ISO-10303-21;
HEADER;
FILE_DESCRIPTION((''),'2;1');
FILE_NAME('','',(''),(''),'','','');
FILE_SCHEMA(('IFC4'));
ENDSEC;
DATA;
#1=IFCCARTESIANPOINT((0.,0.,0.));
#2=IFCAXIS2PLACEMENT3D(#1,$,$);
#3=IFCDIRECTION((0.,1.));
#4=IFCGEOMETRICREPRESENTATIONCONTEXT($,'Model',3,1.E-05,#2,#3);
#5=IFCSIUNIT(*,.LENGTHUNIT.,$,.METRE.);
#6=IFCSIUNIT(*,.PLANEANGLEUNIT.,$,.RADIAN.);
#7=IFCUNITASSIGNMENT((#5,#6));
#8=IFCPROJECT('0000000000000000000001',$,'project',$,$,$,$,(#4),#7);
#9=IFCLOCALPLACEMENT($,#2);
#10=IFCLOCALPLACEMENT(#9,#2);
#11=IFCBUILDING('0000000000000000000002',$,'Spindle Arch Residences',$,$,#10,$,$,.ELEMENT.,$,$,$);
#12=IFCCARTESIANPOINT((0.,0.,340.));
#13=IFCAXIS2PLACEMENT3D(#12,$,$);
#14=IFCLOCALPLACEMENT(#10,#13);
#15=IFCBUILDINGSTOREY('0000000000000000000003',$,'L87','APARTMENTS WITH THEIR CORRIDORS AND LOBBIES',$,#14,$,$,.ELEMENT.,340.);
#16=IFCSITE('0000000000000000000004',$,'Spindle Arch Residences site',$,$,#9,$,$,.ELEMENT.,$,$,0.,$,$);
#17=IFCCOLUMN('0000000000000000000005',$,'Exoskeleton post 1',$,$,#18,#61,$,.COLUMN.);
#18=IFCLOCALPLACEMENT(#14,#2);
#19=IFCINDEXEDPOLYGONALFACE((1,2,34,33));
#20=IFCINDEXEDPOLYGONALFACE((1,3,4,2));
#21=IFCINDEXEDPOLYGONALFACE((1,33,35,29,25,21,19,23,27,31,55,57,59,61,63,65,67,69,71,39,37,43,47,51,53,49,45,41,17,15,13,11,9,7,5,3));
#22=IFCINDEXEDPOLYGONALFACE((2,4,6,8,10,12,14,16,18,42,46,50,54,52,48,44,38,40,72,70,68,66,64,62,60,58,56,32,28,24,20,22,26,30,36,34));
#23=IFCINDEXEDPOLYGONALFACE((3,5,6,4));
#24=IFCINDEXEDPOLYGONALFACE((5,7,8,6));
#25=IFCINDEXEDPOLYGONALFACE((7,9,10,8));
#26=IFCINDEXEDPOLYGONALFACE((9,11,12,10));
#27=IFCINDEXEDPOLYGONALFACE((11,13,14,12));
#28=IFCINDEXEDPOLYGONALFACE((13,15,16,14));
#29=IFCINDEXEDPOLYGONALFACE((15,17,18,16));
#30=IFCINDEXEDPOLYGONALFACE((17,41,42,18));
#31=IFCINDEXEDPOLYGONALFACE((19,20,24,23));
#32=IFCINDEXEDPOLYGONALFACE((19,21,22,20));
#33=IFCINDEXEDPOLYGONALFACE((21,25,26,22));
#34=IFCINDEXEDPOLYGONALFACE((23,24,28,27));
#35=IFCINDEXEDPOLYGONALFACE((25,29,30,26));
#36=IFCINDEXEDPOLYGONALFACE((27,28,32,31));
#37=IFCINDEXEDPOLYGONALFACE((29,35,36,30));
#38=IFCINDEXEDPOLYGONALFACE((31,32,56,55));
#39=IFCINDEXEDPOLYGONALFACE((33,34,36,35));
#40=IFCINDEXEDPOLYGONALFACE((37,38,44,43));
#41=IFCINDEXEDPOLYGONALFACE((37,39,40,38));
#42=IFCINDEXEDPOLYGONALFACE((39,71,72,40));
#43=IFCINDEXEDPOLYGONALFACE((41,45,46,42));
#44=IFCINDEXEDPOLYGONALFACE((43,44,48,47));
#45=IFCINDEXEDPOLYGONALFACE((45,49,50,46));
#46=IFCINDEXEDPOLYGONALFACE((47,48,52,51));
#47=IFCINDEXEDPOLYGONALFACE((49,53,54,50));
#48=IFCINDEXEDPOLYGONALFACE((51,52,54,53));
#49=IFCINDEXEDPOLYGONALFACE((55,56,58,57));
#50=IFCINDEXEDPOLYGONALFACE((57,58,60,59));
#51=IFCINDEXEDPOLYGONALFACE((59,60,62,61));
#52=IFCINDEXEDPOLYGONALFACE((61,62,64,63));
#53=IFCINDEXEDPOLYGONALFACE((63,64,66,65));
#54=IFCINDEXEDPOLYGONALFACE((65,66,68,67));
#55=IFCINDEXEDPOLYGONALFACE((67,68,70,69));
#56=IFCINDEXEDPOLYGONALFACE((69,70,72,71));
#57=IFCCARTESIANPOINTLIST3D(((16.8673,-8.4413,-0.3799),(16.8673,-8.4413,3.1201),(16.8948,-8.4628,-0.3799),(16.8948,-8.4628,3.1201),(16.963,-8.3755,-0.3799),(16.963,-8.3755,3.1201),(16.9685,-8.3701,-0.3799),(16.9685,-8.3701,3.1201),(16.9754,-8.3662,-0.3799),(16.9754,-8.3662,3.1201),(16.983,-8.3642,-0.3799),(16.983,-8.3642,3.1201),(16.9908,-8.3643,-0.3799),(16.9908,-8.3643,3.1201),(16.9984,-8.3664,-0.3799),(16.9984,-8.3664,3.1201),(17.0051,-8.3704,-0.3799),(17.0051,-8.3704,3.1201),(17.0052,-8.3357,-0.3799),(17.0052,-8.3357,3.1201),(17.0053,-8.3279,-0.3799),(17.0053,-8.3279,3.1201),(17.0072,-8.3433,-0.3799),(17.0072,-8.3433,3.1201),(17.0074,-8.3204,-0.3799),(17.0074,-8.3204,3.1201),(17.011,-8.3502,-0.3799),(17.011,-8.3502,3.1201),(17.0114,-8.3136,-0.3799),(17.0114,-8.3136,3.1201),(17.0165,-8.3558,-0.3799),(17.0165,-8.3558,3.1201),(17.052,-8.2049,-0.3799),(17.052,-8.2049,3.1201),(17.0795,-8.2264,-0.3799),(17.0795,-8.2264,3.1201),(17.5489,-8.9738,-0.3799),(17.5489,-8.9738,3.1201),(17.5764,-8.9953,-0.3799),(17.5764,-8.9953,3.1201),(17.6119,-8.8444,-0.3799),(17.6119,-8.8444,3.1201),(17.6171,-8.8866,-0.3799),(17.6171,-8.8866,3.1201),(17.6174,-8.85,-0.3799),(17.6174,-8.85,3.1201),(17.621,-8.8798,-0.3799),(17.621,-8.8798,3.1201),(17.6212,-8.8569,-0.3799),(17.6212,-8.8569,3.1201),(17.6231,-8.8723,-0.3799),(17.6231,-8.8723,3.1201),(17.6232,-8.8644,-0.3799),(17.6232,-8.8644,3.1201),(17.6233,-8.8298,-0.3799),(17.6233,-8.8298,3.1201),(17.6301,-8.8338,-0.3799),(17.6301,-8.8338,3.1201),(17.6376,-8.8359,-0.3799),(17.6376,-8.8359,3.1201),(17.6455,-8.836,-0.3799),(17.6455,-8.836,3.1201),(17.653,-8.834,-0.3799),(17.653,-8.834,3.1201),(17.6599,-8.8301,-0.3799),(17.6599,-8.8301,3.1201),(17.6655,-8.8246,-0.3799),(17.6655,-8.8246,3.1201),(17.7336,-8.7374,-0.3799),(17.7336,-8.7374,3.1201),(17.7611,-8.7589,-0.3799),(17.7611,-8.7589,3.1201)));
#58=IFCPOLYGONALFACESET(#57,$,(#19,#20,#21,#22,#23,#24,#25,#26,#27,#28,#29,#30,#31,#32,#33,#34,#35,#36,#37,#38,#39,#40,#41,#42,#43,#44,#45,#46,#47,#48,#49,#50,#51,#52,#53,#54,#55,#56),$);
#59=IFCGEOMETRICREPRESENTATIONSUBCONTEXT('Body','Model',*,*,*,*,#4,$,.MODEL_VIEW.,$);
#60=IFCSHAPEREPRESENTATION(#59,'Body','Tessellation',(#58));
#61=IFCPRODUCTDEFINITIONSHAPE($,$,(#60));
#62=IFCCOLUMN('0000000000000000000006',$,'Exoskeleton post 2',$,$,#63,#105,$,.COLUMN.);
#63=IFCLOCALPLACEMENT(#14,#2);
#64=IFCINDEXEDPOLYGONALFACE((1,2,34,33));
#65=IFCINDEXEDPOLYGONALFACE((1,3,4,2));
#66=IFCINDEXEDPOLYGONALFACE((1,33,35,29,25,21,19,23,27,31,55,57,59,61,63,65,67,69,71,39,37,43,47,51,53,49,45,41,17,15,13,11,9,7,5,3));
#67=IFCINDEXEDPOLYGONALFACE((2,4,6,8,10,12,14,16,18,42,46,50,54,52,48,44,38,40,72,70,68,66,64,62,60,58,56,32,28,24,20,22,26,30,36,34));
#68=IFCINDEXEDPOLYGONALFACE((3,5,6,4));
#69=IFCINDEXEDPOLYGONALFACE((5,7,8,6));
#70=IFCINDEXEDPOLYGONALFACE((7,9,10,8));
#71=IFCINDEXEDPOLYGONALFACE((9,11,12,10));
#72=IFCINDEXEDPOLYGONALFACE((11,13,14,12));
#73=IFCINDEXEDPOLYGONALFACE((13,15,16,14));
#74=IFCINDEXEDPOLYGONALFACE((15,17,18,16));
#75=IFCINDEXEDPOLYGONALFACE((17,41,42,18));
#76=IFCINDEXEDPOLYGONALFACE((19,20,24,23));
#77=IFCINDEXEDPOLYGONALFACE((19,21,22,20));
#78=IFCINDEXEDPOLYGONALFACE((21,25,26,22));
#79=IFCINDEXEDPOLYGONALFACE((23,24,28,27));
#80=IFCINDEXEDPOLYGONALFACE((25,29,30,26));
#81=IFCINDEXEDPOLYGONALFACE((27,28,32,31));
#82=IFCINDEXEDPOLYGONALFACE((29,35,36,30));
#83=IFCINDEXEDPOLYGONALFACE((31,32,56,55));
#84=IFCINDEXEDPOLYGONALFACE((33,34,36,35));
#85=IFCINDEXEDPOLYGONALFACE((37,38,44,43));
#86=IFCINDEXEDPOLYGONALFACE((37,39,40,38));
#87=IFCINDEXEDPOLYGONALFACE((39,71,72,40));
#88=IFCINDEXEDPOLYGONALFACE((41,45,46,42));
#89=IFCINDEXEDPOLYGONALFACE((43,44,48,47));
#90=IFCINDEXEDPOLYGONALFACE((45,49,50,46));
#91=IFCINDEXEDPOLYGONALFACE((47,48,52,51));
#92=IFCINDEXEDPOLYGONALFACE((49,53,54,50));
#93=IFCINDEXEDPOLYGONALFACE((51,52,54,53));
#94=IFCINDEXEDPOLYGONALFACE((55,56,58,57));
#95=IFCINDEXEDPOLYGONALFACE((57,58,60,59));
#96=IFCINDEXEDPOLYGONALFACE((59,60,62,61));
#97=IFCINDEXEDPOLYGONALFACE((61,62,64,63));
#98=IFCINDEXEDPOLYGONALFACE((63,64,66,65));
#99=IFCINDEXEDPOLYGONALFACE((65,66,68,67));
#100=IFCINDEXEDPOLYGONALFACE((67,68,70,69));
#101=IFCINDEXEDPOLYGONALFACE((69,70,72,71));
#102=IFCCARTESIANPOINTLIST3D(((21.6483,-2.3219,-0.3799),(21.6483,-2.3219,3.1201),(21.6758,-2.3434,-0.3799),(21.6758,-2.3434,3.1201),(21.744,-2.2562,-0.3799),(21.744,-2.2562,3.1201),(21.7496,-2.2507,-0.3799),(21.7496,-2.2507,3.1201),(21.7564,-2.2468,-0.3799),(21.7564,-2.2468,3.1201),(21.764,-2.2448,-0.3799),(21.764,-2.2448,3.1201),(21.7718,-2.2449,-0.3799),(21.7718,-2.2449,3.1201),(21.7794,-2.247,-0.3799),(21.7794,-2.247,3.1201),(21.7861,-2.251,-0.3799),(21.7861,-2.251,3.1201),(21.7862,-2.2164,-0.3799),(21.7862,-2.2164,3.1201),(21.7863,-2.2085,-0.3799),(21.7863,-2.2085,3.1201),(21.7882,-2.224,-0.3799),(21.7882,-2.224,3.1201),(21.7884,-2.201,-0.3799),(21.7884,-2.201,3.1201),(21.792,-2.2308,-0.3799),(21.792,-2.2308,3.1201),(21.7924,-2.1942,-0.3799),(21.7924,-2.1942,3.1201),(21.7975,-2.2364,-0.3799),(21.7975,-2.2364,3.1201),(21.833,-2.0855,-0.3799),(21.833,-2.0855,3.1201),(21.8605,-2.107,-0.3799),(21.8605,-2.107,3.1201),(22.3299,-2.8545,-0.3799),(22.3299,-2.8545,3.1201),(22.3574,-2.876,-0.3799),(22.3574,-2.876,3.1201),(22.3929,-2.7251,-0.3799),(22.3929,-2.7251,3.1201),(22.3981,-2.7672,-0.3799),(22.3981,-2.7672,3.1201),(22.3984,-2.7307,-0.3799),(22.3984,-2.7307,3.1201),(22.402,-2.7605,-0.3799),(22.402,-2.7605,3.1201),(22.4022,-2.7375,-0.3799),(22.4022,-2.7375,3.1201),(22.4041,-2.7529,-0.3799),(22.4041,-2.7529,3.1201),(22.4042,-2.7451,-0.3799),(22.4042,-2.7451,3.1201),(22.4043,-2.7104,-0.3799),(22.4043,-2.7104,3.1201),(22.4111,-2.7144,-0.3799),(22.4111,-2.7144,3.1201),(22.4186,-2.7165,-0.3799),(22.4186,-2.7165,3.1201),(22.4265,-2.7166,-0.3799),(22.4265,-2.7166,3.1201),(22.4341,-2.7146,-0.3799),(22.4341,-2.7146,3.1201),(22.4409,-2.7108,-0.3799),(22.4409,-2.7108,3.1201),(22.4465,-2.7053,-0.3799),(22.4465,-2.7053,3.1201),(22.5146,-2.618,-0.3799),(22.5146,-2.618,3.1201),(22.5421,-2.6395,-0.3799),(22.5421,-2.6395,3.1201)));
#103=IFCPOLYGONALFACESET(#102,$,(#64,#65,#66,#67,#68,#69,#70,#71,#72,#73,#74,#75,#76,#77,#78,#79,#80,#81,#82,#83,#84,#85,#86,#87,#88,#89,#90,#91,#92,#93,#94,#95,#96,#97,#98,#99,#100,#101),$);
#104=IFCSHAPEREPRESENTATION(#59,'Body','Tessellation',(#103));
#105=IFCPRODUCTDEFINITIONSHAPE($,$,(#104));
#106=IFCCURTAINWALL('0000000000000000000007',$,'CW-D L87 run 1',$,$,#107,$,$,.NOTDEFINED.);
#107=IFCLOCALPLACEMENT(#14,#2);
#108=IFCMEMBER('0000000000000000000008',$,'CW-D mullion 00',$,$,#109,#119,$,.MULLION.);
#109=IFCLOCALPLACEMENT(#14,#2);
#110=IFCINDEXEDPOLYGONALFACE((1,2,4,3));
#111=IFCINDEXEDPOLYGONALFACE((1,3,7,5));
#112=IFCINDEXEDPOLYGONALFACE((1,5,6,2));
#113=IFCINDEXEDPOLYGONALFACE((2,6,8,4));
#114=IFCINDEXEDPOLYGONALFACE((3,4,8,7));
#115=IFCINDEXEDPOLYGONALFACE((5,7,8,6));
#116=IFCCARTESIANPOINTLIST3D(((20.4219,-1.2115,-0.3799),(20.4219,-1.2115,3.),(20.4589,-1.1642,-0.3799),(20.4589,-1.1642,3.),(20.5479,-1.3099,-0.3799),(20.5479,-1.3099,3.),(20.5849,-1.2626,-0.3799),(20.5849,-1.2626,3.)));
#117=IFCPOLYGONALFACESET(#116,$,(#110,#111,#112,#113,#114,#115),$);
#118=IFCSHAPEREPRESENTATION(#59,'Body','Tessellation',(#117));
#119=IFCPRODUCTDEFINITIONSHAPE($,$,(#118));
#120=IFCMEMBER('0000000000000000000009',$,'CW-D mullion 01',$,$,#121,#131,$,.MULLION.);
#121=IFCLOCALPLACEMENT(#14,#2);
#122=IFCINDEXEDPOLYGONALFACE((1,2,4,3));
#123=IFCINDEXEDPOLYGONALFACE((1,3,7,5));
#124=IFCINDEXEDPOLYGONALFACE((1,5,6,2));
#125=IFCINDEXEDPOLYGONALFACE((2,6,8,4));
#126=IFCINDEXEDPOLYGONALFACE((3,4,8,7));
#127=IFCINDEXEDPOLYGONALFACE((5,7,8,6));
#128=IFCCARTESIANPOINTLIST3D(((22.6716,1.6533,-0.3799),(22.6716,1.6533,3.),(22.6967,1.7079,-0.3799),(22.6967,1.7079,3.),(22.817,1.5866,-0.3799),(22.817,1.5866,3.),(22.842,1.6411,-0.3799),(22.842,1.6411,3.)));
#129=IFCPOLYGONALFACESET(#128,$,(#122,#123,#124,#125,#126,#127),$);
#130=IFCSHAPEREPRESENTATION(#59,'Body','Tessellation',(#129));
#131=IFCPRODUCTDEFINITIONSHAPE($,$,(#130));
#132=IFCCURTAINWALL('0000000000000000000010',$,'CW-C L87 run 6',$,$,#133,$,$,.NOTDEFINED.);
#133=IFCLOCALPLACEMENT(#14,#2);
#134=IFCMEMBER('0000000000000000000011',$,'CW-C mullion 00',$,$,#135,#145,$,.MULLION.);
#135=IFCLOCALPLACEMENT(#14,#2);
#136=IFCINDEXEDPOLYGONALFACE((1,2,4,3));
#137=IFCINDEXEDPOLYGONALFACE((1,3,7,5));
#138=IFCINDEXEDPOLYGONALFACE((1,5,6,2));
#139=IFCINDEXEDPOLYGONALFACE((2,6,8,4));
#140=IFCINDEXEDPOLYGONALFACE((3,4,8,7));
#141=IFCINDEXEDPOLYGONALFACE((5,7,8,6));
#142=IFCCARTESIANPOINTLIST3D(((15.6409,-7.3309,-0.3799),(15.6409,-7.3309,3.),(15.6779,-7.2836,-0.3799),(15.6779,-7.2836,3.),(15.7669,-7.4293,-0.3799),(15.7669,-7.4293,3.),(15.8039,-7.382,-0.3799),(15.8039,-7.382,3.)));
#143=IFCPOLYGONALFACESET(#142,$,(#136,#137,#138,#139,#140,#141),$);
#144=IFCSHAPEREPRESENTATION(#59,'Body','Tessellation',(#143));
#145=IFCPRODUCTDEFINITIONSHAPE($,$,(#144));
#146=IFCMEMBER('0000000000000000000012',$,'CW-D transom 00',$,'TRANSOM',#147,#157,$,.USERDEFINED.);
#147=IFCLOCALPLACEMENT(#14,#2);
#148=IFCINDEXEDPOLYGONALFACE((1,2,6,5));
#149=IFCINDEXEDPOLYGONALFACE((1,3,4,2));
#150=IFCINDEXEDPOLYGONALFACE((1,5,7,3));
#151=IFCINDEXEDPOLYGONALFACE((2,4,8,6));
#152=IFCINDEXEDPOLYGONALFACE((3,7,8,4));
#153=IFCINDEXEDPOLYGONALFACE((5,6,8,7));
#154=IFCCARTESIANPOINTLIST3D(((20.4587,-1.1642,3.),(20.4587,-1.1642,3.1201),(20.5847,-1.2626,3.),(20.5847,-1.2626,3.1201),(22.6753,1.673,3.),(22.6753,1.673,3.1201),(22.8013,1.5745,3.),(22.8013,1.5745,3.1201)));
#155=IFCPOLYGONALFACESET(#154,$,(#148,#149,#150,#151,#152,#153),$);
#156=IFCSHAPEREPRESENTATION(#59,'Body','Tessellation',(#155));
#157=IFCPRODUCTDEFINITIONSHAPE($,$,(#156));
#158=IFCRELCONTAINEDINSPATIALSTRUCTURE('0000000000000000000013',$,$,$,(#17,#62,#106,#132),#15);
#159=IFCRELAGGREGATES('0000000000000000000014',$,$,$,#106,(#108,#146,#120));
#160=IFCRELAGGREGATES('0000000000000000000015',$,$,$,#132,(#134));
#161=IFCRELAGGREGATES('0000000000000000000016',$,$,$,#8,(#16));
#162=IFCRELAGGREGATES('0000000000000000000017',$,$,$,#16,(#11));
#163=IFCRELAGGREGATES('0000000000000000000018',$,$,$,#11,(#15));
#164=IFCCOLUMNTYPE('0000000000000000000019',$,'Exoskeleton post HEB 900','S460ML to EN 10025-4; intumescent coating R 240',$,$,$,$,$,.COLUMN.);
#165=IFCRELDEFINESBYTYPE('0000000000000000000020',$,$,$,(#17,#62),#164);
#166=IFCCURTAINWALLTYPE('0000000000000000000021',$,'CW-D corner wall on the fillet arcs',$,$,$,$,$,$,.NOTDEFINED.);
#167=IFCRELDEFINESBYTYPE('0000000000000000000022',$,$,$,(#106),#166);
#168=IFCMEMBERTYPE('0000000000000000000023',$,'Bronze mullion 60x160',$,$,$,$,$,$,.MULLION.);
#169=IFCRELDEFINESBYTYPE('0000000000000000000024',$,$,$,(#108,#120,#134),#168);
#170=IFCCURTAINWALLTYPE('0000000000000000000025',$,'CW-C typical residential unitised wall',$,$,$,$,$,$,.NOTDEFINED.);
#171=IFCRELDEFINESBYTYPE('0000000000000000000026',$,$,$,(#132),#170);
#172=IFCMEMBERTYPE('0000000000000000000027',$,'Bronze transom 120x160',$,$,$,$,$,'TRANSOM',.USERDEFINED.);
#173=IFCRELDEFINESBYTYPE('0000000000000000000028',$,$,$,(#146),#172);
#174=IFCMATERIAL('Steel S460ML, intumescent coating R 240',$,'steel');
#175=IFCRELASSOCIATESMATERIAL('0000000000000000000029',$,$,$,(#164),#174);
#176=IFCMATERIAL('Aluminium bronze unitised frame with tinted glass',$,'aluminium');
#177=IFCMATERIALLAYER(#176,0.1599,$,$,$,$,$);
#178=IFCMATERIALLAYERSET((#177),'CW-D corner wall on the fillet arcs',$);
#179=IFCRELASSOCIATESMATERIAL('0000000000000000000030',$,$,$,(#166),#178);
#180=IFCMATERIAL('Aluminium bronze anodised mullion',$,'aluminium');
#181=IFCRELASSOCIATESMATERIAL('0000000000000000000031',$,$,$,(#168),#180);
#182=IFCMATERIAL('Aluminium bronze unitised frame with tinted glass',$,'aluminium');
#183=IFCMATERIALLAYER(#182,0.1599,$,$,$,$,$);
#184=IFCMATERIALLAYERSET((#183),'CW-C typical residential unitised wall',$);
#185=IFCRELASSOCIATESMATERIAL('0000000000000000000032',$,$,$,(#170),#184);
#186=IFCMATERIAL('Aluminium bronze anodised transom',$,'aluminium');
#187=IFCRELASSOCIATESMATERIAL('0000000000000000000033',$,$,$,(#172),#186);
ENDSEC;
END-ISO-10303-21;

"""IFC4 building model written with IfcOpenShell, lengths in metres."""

from ifc_helpers import new_model, si_unit, direction, frame, origin, origin_2d, place, context, subcontext, project, spatial, rectangle, i_section, extrude, material, layer, layer_set, material_profile, profile_set, type_object, element, aggregate, save


model = new_model("IFC4")

# Units and contexts
model_context = context("Model", 3, precision=1e-05, world=origin(), true_north=direction((0.0, 1.0)))
body_context = subcontext(model_context, "Body", "Model", "MODEL_VIEW")
ifc_project = project(units=[si_unit("LENGTHUNIT", "METRE"), si_unit("PLANEANGLEUNIT", "RADIAN")], contexts=[model_context])

# Site, building, storey
site_placement = place(None, origin())
site = spatial("IfcSite", under=ifc_project, at=site_placement, Name="Spindle Arch Residences site", CompositionType="ELEMENT", RefElevation=0.0)
building_placement = place(site_placement, origin())
building = spatial("IfcBuilding", under=site, at=building_placement, Name="Spindle Arch Residences", CompositionType="ELEMENT")
storey_placement = place(building_placement, frame((0.0, 0.0, 340.0)))
storey = spatial("IfcBuildingStorey", under=building, at=storey_placement, Name="L87", Description="APARTMENTS WITH THEIR CORRIDORS AND LOBBIES", CompositionType="ELEMENT", Elevation=340.0)

# Columns
ifc_material_1 = material(Name="Steel S460ML, intumescent coating R 240", Category="steel")
ifc_material_profile_1 = material_profile(ifc_material_1, i_section(OverallWidth=0.3, OverallDepth=0.8999, WebThickness=0.0186, FlangeThickness=0.0349, FilletRadius=0.03, at=origin_2d()), Name="HEB 900")
ifc_profile_set_1 = profile_set([ifc_material_profile_1], Name="Steel S460ML, intumescent coating R 240")
column_type = type_object("IfcColumnType", Name="Exoskeleton post HEB 900", Description="S460ML to EN 10025-4; intumescent coating R 240", PredefinedType="COLUMN", material=ifc_profile_set_1)
for number, where, z_axis, x_axis, name in (
    (1, (17.3142, -8.6001, -0.3799), (0.0, 0.0, 1.0), (-0.615661, -0.788011, 0.0), "Exoskeleton post 1"),
    (2, (22.0952, -2.4807, -0.3799), (0.0, 0.0, 1.0), (-0.615661, -0.788011, 0.0), "Exoskeleton post 2"),
):
    element("IfcColumn", number, at=place(storey_placement, frame(where, z_axis=z_axis, x_axis=x_axis)), inside=storey, type_object=column_type, Name=name, PredefinedType="COLUMN", context=body_context, shape_type="SweptSolid", body=[
        extrude(i_section(OverallWidth=0.3, OverallDepth=0.8999, WebThickness=0.0186, FlangeThickness=0.0349, FilletRadius=0.03, at=origin_2d()), origin(), (0.0, 0.0, 1.0), 3.5),
    ])

# Curtain wall, members
ifc_material_2 = material(Name="Aluminium bronze unitised frame with tinted glass", Category="aluminium")
ifc_layer_1 = layer(ifc_material_2, 0.1599)
ifc_layer_set_1 = layer_set([ifc_layer_1], Name="CW-D corner wall on the fillet arcs")
curtain_wall_type_1 = type_object("IfcCurtainWallType", Name="CW-D corner wall on the fillet arcs", PredefinedType="NOTDEFINED", material=ifc_layer_set_1)
curtain_wall_1_placement = place(storey_placement, origin())
curtain_wall_1 = element("IfcCurtainWall", 3, at=curtain_wall_1_placement, inside=storey, type_object=curtain_wall_type_1, Name="CW-D L87 run 1", PredefinedType="NOTDEFINED")
ifc_material_3 = material(Name="Aluminium bronze anodised mullion", Category="aluminium")
ifc_material_profile_2 = material_profile(ifc_material_3, rectangle(XDim=0.1599, YDim=0.0601, at=origin_2d()), Name="MU 60x160")
ifc_profile_set_2 = profile_set([ifc_material_profile_2], Name="Aluminium bronze anodised mullion")
member_type_1 = type_object("IfcMemberType", Name="Bronze mullion 60x160", PredefinedType="MULLION", material=ifc_profile_set_2)
member_1_placement = place(storey_placement, frame((20.5034, -1.2371, -0.3799), z_axis=(0.0, 0.0, 1.0), x_axis=(-0.788011, 0.615661, 0.0)))
member_1 = element("IfcMember", 4, at=member_1_placement, type_object=member_type_1, Name="CW-D mullion 00", PredefinedType="MULLION", context=body_context, shape_type="SweptSolid", body=[
    extrude(rectangle(XDim=0.1599, YDim=0.0601, at=origin_2d()), origin(), (0.0, 0.0, 1.0), 3.3799),
])
member_2_placement = place(storey_placement, frame((22.7568, 1.6472, -0.3799), z_axis=(0.0, 0.0, 1.0), x_axis=(-0.908751, 0.417338, 0.0)))
member_2 = element("IfcMember", 5, at=member_2_placement, type_object=member_type_1, Name="CW-D mullion 01", PredefinedType="MULLION", context=body_context, shape_type="SweptSolid", body=[
    extrude(rectangle(XDim=0.1599, YDim=0.0601, at=origin_2d()), origin(), (0.0, 0.0, 1.0), 3.3799),
])

# Curtain wall, member
ifc_material_4 = material(Name="Aluminium bronze unitised frame with tinted glass", Category="aluminium")
ifc_layer_2 = layer(ifc_material_4, 0.1599)
ifc_layer_set_2 = layer_set([ifc_layer_2], Name="CW-C typical residential unitised wall")
curtain_wall_type_2 = type_object("IfcCurtainWallType", Name="CW-C typical residential unitised wall", PredefinedType="NOTDEFINED", material=ifc_layer_set_2)
curtain_wall_2_placement = place(storey_placement, origin())
curtain_wall_2 = element("IfcCurtainWall", 6, at=curtain_wall_2_placement, inside=storey, type_object=curtain_wall_type_2, Name="CW-C L87 run 6", PredefinedType="NOTDEFINED")
member_3_placement = place(storey_placement, frame((15.7224, -7.3564, -0.3799), z_axis=(0.0, 0.0, 1.0), x_axis=(-0.788011, 0.615661, 0.0)))
member_3 = element("IfcMember", 7, at=member_3_placement, type_object=member_type_1, Name="CW-C mullion 00", PredefinedType="MULLION", context=body_context, shape_type="SweptSolid", body=[
    extrude(rectangle(XDim=0.1599, YDim=0.0601, at=origin_2d()), origin(), (0.0, 0.0, 1.0), 3.3799),
])

# Member
ifc_material_5 = material(Name="Aluminium bronze anodised transom", Category="aluminium")
ifc_material_profile_3 = material_profile(ifc_material_5, rectangle(XDim=0.1599, YDim=0.1201, at=origin_2d()), Name="TR 120x160")
ifc_profile_set_3 = profile_set([ifc_material_profile_3], Name="Aluminium bronze anodised transom")
member_type_2 = type_object("IfcMemberType", Name="Bronze transom 120x160", ElementType="TRANSOM", PredefinedType="USERDEFINED", material=ifc_profile_set_3)
member_4_placement = place(storey_placement, frame((20.5217, -1.2134, 3.0601), z_axis=(0.615648, 0.788021, 0.0), x_axis=(-0.788021, 0.615648, 0.0)))
member_4 = element("IfcMember", 8, at=member_4_placement, type_object=member_type_2, Name="CW-D transom 00", ObjectType="TRANSOM", PredefinedType="USERDEFINED", context=body_context, shape_type="SweptSolid", body=[
    extrude(rectangle(XDim=0.1599, YDim=0.1201, at=origin_2d()), origin(), (0.0, 0.0, 1.0), 3.6003),
])

aggregate(curtain_wall_1, [member_1, member_4, member_2])
aggregate(curtain_wall_2, [member_3])

save(model, "model.ifc")
